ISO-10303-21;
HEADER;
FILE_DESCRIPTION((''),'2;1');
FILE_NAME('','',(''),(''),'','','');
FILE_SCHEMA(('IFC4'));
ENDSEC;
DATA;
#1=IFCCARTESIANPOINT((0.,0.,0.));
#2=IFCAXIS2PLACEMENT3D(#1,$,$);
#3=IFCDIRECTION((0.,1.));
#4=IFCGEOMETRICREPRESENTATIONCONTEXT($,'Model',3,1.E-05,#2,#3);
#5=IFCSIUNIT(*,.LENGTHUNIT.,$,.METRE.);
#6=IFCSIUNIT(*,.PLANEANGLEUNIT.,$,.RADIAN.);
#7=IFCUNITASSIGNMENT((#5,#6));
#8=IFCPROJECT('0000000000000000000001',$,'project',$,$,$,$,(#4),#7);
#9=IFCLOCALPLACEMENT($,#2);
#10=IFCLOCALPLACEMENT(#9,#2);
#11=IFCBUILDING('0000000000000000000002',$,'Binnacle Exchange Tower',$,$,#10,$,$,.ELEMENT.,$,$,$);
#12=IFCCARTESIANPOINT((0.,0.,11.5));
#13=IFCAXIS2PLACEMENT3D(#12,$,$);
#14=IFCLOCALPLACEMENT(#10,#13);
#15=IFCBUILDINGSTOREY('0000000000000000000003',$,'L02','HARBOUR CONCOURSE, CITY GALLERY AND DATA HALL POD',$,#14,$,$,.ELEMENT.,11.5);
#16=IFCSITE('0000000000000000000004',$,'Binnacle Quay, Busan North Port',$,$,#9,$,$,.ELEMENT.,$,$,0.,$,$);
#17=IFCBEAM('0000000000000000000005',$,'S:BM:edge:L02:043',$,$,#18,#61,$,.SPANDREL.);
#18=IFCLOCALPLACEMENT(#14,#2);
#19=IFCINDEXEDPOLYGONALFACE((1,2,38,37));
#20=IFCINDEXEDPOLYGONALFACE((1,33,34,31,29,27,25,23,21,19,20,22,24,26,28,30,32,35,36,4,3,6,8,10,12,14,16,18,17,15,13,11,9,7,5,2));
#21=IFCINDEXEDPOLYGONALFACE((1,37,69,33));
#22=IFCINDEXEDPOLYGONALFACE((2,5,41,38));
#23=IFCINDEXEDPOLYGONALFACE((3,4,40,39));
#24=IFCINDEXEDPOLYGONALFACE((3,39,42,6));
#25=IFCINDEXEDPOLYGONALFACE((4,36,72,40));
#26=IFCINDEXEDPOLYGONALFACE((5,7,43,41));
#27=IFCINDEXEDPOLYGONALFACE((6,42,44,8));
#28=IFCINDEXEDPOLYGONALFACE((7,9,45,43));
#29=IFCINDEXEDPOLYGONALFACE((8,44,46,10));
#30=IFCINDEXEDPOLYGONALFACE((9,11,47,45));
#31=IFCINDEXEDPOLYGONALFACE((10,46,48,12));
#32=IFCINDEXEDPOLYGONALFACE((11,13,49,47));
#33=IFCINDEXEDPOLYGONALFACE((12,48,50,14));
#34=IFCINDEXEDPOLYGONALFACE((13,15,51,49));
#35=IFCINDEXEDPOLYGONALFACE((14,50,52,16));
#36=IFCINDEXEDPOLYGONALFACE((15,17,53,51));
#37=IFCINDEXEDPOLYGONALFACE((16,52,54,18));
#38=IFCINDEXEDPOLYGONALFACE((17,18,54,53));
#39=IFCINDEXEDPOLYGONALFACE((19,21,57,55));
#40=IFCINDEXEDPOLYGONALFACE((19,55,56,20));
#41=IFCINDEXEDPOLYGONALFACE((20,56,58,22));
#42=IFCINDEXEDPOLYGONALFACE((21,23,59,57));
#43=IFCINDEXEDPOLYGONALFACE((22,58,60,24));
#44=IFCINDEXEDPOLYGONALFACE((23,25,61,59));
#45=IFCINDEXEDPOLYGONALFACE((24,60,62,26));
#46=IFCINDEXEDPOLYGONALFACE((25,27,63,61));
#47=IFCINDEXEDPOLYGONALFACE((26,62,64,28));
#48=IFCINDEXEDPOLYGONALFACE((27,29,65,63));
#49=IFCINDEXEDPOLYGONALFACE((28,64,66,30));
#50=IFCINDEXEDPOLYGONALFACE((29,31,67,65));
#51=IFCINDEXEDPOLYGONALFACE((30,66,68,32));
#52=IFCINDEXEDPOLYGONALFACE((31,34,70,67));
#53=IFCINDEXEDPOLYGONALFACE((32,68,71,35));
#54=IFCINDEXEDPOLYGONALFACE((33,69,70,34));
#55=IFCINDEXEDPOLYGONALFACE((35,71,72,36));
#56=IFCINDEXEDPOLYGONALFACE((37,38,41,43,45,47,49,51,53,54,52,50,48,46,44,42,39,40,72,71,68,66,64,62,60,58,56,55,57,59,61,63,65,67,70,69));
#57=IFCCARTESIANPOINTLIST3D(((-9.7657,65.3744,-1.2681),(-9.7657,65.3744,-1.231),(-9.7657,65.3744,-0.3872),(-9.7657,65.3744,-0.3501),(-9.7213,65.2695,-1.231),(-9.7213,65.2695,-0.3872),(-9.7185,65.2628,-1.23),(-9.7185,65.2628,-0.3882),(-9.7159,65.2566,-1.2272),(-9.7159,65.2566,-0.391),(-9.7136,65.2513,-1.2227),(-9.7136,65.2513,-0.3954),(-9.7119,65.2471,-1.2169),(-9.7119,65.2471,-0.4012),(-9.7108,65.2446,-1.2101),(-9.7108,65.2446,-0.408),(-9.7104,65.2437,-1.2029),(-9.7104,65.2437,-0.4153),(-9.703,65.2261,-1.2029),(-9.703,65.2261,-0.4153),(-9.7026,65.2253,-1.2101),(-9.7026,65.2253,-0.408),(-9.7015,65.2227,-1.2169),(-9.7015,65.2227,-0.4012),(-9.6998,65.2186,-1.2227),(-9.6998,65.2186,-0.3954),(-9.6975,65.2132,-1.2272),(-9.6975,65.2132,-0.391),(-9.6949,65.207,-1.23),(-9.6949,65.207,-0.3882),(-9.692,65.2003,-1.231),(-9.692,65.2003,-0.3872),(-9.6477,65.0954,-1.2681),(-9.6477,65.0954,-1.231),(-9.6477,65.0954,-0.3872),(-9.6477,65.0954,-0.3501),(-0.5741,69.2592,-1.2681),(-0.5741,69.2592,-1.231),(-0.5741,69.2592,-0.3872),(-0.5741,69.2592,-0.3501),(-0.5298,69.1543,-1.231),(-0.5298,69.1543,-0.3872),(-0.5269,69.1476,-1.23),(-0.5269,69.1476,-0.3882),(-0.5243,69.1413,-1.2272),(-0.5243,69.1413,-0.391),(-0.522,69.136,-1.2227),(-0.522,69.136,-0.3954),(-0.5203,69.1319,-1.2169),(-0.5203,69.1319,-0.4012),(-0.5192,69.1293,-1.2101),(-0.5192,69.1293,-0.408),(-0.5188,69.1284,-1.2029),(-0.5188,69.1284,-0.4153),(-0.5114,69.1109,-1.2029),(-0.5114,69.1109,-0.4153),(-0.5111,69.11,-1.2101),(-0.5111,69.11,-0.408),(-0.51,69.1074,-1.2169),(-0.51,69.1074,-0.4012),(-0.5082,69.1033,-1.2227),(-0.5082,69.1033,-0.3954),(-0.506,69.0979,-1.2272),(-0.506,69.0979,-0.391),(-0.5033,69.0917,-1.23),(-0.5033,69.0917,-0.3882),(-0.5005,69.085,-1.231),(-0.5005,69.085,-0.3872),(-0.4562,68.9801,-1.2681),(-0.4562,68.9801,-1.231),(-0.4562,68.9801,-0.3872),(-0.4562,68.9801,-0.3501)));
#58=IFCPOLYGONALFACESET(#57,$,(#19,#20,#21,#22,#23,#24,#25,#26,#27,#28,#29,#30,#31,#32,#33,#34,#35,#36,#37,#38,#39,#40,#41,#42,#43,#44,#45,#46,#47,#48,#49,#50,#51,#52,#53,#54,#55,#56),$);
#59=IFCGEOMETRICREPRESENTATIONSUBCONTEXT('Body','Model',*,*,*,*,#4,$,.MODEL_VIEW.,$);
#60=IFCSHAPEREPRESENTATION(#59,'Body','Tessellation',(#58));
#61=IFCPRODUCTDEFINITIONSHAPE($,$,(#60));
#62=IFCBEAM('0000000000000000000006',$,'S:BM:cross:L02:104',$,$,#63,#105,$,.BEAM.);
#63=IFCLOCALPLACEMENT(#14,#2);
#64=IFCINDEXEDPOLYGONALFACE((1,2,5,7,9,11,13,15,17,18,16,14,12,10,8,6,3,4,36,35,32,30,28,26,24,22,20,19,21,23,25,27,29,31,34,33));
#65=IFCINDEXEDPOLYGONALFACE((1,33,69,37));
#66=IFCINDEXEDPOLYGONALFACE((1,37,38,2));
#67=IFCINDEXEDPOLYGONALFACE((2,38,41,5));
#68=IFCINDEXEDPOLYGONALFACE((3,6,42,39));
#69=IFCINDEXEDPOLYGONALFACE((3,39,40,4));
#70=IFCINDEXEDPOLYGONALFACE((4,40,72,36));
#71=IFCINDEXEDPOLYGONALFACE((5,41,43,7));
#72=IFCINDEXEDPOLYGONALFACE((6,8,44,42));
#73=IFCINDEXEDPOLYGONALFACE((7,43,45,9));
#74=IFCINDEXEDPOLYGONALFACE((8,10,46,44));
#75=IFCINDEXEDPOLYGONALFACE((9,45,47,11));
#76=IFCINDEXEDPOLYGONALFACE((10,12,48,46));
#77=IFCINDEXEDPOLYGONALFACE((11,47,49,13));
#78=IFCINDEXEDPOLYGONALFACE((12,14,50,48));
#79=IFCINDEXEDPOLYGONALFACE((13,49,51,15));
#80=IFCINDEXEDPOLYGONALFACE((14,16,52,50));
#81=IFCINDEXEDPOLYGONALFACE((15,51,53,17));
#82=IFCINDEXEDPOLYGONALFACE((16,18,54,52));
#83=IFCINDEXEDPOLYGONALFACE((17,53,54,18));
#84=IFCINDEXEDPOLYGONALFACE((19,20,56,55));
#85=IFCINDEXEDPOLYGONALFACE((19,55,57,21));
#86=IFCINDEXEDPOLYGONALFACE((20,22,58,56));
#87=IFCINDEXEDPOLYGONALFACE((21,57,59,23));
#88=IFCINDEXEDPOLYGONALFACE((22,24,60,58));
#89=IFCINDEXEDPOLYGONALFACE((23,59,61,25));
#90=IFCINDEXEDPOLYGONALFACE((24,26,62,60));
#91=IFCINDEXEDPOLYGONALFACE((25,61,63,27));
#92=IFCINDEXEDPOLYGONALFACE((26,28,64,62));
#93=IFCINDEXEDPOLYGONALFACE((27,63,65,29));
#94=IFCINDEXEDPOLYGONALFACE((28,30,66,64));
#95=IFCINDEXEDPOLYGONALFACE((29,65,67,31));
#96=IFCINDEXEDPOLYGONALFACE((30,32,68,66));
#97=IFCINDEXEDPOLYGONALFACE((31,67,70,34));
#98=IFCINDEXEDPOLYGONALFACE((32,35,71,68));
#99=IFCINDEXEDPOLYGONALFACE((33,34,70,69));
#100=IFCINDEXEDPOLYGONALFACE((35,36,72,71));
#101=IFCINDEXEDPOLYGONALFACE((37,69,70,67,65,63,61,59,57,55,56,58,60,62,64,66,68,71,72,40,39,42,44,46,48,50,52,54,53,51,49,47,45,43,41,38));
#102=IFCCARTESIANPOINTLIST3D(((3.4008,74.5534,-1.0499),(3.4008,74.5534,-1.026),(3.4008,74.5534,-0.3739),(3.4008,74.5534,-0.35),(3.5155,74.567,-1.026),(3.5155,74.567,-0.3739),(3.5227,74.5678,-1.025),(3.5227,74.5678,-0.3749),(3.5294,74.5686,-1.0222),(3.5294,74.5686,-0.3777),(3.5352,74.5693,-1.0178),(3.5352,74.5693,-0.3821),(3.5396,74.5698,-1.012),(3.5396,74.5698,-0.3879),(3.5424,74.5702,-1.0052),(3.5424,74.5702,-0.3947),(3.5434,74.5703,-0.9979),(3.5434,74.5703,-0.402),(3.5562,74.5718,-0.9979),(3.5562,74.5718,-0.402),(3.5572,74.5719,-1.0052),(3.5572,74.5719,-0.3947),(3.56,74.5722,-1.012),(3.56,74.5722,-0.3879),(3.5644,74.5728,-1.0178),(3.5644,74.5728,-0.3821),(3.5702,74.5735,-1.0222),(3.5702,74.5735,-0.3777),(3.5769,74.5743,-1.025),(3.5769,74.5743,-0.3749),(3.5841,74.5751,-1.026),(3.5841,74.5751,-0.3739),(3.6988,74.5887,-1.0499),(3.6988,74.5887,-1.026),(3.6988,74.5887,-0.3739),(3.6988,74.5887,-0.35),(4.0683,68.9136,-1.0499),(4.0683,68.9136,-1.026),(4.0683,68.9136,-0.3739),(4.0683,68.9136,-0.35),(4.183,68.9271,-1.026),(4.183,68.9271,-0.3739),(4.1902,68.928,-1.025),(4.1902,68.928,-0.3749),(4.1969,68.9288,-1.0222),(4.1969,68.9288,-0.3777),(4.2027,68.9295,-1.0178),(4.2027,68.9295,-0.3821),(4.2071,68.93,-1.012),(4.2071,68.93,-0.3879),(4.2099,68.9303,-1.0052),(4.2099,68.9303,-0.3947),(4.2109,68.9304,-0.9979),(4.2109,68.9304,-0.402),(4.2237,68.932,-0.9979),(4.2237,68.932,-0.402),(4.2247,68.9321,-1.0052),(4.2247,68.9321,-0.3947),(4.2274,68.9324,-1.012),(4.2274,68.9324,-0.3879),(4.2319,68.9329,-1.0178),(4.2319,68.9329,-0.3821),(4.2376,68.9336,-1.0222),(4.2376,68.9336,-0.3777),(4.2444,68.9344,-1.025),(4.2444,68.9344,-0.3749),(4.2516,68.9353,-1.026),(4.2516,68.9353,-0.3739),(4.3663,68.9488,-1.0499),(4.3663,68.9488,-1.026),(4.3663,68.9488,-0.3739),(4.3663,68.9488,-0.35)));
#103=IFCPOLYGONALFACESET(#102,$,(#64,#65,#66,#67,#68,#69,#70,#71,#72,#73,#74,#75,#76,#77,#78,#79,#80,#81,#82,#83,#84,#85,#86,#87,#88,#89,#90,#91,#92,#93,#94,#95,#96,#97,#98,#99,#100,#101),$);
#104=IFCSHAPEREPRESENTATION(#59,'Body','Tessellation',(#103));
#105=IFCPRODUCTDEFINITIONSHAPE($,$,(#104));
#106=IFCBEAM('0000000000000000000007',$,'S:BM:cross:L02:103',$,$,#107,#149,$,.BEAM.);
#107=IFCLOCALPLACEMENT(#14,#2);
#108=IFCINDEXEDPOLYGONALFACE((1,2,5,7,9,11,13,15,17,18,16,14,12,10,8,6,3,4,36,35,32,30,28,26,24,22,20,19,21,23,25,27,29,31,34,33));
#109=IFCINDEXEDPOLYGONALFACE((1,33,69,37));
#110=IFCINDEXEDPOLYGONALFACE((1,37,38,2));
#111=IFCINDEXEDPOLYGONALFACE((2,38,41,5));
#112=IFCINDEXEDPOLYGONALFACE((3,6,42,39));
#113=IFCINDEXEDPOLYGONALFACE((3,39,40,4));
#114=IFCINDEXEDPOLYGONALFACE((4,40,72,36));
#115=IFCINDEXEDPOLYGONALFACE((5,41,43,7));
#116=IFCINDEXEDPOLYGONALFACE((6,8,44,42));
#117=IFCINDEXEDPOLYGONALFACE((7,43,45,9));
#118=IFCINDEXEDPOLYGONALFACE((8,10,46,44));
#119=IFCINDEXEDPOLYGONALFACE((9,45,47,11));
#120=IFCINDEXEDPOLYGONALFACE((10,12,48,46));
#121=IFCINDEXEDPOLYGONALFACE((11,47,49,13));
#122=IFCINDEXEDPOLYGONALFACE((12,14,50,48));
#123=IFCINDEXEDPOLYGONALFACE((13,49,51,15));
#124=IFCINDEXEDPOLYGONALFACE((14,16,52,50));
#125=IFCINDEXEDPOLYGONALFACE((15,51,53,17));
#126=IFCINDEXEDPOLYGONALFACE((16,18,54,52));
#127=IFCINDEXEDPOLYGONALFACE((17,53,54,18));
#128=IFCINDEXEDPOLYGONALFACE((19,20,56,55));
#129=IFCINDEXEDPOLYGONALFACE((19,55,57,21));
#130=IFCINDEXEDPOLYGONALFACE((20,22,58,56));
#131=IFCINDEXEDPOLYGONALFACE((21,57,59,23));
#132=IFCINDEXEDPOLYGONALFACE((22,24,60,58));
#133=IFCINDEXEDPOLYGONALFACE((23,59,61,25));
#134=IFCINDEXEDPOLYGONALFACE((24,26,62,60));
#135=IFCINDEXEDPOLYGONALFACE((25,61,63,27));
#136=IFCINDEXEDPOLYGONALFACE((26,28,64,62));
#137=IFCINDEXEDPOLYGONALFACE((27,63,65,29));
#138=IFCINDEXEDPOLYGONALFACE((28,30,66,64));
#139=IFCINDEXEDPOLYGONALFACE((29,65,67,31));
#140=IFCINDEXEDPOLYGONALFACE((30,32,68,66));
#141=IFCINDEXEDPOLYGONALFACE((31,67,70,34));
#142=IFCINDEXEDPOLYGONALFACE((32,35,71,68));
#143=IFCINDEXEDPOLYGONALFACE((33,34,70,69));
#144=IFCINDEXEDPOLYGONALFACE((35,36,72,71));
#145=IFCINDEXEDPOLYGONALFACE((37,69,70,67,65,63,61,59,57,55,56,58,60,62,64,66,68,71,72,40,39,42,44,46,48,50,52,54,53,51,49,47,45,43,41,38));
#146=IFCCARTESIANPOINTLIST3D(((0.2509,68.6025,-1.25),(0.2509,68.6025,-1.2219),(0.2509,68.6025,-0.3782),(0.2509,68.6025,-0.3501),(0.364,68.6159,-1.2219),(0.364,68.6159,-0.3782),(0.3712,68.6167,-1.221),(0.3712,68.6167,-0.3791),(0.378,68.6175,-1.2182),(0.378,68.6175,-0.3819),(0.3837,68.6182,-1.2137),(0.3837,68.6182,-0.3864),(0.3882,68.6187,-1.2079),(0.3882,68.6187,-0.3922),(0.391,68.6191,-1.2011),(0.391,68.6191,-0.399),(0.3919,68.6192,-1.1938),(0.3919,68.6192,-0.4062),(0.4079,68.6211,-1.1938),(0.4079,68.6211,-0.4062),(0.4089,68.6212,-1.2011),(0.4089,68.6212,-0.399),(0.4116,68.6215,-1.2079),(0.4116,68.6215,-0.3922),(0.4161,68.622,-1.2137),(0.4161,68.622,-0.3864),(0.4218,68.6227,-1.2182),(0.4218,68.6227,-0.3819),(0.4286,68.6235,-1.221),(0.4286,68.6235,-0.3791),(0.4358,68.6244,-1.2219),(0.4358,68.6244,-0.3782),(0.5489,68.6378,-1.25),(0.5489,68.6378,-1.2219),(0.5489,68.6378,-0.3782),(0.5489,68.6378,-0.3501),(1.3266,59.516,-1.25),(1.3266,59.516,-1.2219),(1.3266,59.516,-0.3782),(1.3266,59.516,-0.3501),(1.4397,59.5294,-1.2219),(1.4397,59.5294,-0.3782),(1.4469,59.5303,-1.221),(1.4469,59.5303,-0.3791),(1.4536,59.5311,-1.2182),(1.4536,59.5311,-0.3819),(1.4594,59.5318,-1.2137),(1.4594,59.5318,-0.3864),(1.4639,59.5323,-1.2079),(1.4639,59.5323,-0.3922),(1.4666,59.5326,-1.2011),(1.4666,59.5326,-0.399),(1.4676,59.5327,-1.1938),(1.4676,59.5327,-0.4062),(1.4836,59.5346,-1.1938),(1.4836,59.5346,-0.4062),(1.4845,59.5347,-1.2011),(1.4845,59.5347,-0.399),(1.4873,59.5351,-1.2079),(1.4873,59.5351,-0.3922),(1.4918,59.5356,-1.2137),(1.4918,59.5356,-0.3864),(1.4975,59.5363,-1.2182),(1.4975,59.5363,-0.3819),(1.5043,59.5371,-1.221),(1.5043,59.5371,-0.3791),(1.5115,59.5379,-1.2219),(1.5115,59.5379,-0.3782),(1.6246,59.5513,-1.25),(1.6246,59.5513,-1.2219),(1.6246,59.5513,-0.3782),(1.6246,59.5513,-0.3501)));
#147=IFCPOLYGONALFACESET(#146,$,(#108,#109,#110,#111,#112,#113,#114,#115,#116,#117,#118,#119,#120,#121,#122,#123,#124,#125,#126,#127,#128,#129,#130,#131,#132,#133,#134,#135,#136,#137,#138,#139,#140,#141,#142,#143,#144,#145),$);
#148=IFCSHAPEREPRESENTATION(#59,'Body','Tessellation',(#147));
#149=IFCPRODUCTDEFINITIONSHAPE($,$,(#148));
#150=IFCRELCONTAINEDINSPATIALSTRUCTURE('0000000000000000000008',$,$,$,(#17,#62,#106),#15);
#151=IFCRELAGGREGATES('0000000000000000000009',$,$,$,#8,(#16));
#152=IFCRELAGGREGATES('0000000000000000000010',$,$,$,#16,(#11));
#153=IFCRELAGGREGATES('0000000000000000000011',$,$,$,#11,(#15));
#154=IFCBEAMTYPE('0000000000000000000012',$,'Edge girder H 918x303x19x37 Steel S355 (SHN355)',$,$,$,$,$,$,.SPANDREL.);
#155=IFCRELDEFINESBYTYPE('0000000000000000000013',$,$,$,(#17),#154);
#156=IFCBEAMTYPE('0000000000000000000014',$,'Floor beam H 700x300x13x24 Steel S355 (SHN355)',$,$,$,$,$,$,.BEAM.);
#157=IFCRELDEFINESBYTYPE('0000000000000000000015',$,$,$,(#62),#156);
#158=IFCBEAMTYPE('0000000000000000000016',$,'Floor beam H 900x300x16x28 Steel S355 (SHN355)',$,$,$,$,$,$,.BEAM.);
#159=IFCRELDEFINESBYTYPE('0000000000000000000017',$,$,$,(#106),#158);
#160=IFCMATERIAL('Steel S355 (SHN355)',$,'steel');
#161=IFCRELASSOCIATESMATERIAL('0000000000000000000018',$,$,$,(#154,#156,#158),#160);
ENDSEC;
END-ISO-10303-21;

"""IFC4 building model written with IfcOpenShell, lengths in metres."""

from ifc_helpers import new_model, si_unit, direction, frame, origin, origin_2d, place, context, subcontext, project, spatial, i_section, extrude, material, material_profile, profile_set, type_object, element, save


model = new_model("IFC4")

# Units and contexts
model_context = context("Model", 3, precision=1e-05, world=origin(), true_north=direction((0.0, 1.0)))
body_context = subcontext(model_context, "Body", "Model", "MODEL_VIEW")
ifc_project = project(units=[si_unit("LENGTHUNIT", "METRE"), si_unit("PLANEANGLEUNIT", "RADIAN")], contexts=[model_context])

# Site, building, storey
site_placement = place(None, origin())
site = spatial("IfcSite", under=ifc_project, at=site_placement, Name="Binnacle Quay, Busan North Port", CompositionType="ELEMENT", RefElevation=0.0)
building_placement = place(site_placement, origin())
building = spatial("IfcBuilding", under=site, at=building_placement, Name="Binnacle Exchange Tower", CompositionType="ELEMENT")
storey_placement = place(building_placement, frame((0.0, 0.0, 11.5)))
storey = spatial("IfcBuildingStorey", under=building, at=storey_placement, Name="L02", Description="HARBOUR CONCOURSE, CITY GALLERY AND DATA HALL POD", CompositionType="ELEMENT", Elevation=11.5)

# Beams
ifc_material_1 = material(Name="Steel S355 (SHN355)", Category="steel")
ifc_material_profile_1 = material_profile(ifc_material_1, i_section(OverallWidth=0.303, OverallDepth=0.918, WebThickness=0.019, FlangeThickness=0.0371, FilletRadius=0.0281, at=origin_2d()), Name="H 918x303x19x37")
ifc_profile_set_1 = profile_set([ifc_material_profile_1], Name="Steel S355 (SHN355)")
beam_type_1 = type_object("IfcBeamType", Name="Edge girder H 918x303x19x37 Steel S355 (SHN355)", PredefinedType="SPANDREL", material=ifc_profile_set_1)
beam_1_placement = place(storey_placement, frame((-0.5151, 69.1196, -0.8091), z_axis=(-0.921111, -0.389299, 0.0), x_axis=(0.389299, -0.921111, 0.0)))
element("IfcBeam", 1, at=beam_1_placement, inside=storey, type_object=beam_type_1, Name="S:BM:edge:L02:043", PredefinedType="SPANDREL", context=body_context, shape_type="SweptSolid", body=[
    extrude(i_section(OverallWidth=0.303, OverallDepth=0.918, WebThickness=0.019, FlangeThickness=0.0371, FilletRadius=0.0281, at=origin_2d()), origin(), (0.0, 0.0, 1.0), 9.9788),
])
ifc_material_profile_2 = material_profile(ifc_material_1, i_section(OverallWidth=0.3, OverallDepth=0.7, WebThickness=0.0129, FlangeThickness=0.0239, FilletRadius=0.0281, at=origin_2d()), Name="H 700x300x13x24")
ifc_profile_set_2 = profile_set([ifc_material_profile_2], Name="Steel S355 (SHN355)")
beam_type_2 = type_object("IfcBeamType", Name="Floor beam H 700x300x13x24 Steel S355 (SHN355)", PredefinedType="BEAM", material=ifc_profile_set_2)
beam_2_placement = place(storey_placement, frame((3.5498, 74.571, -0.7), z_axis=(0.11753, -0.993069, 0.0), x_axis=(0.993069, 0.11753, 0.0)))
element("IfcBeam", 2, at=beam_2_placement, inside=storey, type_object=beam_type_2, Name="S:BM:cross:L02:104", PredefinedType="BEAM", context=body_context, shape_type="SweptSolid", body=[
    extrude(i_section(OverallWidth=0.3, OverallDepth=0.7, WebThickness=0.0129, FlangeThickness=0.0239, FilletRadius=0.0281, at=origin_2d()), origin(), (0.0, 0.0, 1.0), 5.6792),
])
ifc_material_profile_3 = material_profile(ifc_material_1, i_section(OverallWidth=0.3, OverallDepth=0.8999, WebThickness=0.0161, FlangeThickness=0.0281, FilletRadius=0.0281, at=origin_2d()), Name="H 900x300x16x28")
ifc_profile_set_3 = profile_set([ifc_material_profile_3], Name="Steel S355 (SHN355)")
beam_type_3 = type_object("IfcBeamType", Name="Floor beam H 900x300x16x28 Steel S355 (SHN355)", PredefinedType="BEAM", material=ifc_profile_set_3)
beam_3_placement = place(storey_placement, frame((0.3999, 68.6201, -0.8), z_axis=(0.117563, -0.993065, 0.0), x_axis=(0.993065, 0.117563, 0.0)))
element("IfcBeam", 3, at=beam_3_placement, inside=storey, type_object=beam_type_3, Name="S:BM:cross:L02:103", PredefinedType="BEAM", context=body_context, shape_type="SweptSolid", body=[
    extrude(i_section(OverallWidth=0.3, OverallDepth=0.8999, WebThickness=0.0161, FlangeThickness=0.0281, FilletRadius=0.0281, at=origin_2d()), origin(), (0.0, 0.0, 1.0), 9.1499),
])

save(model, "model.ifc")
